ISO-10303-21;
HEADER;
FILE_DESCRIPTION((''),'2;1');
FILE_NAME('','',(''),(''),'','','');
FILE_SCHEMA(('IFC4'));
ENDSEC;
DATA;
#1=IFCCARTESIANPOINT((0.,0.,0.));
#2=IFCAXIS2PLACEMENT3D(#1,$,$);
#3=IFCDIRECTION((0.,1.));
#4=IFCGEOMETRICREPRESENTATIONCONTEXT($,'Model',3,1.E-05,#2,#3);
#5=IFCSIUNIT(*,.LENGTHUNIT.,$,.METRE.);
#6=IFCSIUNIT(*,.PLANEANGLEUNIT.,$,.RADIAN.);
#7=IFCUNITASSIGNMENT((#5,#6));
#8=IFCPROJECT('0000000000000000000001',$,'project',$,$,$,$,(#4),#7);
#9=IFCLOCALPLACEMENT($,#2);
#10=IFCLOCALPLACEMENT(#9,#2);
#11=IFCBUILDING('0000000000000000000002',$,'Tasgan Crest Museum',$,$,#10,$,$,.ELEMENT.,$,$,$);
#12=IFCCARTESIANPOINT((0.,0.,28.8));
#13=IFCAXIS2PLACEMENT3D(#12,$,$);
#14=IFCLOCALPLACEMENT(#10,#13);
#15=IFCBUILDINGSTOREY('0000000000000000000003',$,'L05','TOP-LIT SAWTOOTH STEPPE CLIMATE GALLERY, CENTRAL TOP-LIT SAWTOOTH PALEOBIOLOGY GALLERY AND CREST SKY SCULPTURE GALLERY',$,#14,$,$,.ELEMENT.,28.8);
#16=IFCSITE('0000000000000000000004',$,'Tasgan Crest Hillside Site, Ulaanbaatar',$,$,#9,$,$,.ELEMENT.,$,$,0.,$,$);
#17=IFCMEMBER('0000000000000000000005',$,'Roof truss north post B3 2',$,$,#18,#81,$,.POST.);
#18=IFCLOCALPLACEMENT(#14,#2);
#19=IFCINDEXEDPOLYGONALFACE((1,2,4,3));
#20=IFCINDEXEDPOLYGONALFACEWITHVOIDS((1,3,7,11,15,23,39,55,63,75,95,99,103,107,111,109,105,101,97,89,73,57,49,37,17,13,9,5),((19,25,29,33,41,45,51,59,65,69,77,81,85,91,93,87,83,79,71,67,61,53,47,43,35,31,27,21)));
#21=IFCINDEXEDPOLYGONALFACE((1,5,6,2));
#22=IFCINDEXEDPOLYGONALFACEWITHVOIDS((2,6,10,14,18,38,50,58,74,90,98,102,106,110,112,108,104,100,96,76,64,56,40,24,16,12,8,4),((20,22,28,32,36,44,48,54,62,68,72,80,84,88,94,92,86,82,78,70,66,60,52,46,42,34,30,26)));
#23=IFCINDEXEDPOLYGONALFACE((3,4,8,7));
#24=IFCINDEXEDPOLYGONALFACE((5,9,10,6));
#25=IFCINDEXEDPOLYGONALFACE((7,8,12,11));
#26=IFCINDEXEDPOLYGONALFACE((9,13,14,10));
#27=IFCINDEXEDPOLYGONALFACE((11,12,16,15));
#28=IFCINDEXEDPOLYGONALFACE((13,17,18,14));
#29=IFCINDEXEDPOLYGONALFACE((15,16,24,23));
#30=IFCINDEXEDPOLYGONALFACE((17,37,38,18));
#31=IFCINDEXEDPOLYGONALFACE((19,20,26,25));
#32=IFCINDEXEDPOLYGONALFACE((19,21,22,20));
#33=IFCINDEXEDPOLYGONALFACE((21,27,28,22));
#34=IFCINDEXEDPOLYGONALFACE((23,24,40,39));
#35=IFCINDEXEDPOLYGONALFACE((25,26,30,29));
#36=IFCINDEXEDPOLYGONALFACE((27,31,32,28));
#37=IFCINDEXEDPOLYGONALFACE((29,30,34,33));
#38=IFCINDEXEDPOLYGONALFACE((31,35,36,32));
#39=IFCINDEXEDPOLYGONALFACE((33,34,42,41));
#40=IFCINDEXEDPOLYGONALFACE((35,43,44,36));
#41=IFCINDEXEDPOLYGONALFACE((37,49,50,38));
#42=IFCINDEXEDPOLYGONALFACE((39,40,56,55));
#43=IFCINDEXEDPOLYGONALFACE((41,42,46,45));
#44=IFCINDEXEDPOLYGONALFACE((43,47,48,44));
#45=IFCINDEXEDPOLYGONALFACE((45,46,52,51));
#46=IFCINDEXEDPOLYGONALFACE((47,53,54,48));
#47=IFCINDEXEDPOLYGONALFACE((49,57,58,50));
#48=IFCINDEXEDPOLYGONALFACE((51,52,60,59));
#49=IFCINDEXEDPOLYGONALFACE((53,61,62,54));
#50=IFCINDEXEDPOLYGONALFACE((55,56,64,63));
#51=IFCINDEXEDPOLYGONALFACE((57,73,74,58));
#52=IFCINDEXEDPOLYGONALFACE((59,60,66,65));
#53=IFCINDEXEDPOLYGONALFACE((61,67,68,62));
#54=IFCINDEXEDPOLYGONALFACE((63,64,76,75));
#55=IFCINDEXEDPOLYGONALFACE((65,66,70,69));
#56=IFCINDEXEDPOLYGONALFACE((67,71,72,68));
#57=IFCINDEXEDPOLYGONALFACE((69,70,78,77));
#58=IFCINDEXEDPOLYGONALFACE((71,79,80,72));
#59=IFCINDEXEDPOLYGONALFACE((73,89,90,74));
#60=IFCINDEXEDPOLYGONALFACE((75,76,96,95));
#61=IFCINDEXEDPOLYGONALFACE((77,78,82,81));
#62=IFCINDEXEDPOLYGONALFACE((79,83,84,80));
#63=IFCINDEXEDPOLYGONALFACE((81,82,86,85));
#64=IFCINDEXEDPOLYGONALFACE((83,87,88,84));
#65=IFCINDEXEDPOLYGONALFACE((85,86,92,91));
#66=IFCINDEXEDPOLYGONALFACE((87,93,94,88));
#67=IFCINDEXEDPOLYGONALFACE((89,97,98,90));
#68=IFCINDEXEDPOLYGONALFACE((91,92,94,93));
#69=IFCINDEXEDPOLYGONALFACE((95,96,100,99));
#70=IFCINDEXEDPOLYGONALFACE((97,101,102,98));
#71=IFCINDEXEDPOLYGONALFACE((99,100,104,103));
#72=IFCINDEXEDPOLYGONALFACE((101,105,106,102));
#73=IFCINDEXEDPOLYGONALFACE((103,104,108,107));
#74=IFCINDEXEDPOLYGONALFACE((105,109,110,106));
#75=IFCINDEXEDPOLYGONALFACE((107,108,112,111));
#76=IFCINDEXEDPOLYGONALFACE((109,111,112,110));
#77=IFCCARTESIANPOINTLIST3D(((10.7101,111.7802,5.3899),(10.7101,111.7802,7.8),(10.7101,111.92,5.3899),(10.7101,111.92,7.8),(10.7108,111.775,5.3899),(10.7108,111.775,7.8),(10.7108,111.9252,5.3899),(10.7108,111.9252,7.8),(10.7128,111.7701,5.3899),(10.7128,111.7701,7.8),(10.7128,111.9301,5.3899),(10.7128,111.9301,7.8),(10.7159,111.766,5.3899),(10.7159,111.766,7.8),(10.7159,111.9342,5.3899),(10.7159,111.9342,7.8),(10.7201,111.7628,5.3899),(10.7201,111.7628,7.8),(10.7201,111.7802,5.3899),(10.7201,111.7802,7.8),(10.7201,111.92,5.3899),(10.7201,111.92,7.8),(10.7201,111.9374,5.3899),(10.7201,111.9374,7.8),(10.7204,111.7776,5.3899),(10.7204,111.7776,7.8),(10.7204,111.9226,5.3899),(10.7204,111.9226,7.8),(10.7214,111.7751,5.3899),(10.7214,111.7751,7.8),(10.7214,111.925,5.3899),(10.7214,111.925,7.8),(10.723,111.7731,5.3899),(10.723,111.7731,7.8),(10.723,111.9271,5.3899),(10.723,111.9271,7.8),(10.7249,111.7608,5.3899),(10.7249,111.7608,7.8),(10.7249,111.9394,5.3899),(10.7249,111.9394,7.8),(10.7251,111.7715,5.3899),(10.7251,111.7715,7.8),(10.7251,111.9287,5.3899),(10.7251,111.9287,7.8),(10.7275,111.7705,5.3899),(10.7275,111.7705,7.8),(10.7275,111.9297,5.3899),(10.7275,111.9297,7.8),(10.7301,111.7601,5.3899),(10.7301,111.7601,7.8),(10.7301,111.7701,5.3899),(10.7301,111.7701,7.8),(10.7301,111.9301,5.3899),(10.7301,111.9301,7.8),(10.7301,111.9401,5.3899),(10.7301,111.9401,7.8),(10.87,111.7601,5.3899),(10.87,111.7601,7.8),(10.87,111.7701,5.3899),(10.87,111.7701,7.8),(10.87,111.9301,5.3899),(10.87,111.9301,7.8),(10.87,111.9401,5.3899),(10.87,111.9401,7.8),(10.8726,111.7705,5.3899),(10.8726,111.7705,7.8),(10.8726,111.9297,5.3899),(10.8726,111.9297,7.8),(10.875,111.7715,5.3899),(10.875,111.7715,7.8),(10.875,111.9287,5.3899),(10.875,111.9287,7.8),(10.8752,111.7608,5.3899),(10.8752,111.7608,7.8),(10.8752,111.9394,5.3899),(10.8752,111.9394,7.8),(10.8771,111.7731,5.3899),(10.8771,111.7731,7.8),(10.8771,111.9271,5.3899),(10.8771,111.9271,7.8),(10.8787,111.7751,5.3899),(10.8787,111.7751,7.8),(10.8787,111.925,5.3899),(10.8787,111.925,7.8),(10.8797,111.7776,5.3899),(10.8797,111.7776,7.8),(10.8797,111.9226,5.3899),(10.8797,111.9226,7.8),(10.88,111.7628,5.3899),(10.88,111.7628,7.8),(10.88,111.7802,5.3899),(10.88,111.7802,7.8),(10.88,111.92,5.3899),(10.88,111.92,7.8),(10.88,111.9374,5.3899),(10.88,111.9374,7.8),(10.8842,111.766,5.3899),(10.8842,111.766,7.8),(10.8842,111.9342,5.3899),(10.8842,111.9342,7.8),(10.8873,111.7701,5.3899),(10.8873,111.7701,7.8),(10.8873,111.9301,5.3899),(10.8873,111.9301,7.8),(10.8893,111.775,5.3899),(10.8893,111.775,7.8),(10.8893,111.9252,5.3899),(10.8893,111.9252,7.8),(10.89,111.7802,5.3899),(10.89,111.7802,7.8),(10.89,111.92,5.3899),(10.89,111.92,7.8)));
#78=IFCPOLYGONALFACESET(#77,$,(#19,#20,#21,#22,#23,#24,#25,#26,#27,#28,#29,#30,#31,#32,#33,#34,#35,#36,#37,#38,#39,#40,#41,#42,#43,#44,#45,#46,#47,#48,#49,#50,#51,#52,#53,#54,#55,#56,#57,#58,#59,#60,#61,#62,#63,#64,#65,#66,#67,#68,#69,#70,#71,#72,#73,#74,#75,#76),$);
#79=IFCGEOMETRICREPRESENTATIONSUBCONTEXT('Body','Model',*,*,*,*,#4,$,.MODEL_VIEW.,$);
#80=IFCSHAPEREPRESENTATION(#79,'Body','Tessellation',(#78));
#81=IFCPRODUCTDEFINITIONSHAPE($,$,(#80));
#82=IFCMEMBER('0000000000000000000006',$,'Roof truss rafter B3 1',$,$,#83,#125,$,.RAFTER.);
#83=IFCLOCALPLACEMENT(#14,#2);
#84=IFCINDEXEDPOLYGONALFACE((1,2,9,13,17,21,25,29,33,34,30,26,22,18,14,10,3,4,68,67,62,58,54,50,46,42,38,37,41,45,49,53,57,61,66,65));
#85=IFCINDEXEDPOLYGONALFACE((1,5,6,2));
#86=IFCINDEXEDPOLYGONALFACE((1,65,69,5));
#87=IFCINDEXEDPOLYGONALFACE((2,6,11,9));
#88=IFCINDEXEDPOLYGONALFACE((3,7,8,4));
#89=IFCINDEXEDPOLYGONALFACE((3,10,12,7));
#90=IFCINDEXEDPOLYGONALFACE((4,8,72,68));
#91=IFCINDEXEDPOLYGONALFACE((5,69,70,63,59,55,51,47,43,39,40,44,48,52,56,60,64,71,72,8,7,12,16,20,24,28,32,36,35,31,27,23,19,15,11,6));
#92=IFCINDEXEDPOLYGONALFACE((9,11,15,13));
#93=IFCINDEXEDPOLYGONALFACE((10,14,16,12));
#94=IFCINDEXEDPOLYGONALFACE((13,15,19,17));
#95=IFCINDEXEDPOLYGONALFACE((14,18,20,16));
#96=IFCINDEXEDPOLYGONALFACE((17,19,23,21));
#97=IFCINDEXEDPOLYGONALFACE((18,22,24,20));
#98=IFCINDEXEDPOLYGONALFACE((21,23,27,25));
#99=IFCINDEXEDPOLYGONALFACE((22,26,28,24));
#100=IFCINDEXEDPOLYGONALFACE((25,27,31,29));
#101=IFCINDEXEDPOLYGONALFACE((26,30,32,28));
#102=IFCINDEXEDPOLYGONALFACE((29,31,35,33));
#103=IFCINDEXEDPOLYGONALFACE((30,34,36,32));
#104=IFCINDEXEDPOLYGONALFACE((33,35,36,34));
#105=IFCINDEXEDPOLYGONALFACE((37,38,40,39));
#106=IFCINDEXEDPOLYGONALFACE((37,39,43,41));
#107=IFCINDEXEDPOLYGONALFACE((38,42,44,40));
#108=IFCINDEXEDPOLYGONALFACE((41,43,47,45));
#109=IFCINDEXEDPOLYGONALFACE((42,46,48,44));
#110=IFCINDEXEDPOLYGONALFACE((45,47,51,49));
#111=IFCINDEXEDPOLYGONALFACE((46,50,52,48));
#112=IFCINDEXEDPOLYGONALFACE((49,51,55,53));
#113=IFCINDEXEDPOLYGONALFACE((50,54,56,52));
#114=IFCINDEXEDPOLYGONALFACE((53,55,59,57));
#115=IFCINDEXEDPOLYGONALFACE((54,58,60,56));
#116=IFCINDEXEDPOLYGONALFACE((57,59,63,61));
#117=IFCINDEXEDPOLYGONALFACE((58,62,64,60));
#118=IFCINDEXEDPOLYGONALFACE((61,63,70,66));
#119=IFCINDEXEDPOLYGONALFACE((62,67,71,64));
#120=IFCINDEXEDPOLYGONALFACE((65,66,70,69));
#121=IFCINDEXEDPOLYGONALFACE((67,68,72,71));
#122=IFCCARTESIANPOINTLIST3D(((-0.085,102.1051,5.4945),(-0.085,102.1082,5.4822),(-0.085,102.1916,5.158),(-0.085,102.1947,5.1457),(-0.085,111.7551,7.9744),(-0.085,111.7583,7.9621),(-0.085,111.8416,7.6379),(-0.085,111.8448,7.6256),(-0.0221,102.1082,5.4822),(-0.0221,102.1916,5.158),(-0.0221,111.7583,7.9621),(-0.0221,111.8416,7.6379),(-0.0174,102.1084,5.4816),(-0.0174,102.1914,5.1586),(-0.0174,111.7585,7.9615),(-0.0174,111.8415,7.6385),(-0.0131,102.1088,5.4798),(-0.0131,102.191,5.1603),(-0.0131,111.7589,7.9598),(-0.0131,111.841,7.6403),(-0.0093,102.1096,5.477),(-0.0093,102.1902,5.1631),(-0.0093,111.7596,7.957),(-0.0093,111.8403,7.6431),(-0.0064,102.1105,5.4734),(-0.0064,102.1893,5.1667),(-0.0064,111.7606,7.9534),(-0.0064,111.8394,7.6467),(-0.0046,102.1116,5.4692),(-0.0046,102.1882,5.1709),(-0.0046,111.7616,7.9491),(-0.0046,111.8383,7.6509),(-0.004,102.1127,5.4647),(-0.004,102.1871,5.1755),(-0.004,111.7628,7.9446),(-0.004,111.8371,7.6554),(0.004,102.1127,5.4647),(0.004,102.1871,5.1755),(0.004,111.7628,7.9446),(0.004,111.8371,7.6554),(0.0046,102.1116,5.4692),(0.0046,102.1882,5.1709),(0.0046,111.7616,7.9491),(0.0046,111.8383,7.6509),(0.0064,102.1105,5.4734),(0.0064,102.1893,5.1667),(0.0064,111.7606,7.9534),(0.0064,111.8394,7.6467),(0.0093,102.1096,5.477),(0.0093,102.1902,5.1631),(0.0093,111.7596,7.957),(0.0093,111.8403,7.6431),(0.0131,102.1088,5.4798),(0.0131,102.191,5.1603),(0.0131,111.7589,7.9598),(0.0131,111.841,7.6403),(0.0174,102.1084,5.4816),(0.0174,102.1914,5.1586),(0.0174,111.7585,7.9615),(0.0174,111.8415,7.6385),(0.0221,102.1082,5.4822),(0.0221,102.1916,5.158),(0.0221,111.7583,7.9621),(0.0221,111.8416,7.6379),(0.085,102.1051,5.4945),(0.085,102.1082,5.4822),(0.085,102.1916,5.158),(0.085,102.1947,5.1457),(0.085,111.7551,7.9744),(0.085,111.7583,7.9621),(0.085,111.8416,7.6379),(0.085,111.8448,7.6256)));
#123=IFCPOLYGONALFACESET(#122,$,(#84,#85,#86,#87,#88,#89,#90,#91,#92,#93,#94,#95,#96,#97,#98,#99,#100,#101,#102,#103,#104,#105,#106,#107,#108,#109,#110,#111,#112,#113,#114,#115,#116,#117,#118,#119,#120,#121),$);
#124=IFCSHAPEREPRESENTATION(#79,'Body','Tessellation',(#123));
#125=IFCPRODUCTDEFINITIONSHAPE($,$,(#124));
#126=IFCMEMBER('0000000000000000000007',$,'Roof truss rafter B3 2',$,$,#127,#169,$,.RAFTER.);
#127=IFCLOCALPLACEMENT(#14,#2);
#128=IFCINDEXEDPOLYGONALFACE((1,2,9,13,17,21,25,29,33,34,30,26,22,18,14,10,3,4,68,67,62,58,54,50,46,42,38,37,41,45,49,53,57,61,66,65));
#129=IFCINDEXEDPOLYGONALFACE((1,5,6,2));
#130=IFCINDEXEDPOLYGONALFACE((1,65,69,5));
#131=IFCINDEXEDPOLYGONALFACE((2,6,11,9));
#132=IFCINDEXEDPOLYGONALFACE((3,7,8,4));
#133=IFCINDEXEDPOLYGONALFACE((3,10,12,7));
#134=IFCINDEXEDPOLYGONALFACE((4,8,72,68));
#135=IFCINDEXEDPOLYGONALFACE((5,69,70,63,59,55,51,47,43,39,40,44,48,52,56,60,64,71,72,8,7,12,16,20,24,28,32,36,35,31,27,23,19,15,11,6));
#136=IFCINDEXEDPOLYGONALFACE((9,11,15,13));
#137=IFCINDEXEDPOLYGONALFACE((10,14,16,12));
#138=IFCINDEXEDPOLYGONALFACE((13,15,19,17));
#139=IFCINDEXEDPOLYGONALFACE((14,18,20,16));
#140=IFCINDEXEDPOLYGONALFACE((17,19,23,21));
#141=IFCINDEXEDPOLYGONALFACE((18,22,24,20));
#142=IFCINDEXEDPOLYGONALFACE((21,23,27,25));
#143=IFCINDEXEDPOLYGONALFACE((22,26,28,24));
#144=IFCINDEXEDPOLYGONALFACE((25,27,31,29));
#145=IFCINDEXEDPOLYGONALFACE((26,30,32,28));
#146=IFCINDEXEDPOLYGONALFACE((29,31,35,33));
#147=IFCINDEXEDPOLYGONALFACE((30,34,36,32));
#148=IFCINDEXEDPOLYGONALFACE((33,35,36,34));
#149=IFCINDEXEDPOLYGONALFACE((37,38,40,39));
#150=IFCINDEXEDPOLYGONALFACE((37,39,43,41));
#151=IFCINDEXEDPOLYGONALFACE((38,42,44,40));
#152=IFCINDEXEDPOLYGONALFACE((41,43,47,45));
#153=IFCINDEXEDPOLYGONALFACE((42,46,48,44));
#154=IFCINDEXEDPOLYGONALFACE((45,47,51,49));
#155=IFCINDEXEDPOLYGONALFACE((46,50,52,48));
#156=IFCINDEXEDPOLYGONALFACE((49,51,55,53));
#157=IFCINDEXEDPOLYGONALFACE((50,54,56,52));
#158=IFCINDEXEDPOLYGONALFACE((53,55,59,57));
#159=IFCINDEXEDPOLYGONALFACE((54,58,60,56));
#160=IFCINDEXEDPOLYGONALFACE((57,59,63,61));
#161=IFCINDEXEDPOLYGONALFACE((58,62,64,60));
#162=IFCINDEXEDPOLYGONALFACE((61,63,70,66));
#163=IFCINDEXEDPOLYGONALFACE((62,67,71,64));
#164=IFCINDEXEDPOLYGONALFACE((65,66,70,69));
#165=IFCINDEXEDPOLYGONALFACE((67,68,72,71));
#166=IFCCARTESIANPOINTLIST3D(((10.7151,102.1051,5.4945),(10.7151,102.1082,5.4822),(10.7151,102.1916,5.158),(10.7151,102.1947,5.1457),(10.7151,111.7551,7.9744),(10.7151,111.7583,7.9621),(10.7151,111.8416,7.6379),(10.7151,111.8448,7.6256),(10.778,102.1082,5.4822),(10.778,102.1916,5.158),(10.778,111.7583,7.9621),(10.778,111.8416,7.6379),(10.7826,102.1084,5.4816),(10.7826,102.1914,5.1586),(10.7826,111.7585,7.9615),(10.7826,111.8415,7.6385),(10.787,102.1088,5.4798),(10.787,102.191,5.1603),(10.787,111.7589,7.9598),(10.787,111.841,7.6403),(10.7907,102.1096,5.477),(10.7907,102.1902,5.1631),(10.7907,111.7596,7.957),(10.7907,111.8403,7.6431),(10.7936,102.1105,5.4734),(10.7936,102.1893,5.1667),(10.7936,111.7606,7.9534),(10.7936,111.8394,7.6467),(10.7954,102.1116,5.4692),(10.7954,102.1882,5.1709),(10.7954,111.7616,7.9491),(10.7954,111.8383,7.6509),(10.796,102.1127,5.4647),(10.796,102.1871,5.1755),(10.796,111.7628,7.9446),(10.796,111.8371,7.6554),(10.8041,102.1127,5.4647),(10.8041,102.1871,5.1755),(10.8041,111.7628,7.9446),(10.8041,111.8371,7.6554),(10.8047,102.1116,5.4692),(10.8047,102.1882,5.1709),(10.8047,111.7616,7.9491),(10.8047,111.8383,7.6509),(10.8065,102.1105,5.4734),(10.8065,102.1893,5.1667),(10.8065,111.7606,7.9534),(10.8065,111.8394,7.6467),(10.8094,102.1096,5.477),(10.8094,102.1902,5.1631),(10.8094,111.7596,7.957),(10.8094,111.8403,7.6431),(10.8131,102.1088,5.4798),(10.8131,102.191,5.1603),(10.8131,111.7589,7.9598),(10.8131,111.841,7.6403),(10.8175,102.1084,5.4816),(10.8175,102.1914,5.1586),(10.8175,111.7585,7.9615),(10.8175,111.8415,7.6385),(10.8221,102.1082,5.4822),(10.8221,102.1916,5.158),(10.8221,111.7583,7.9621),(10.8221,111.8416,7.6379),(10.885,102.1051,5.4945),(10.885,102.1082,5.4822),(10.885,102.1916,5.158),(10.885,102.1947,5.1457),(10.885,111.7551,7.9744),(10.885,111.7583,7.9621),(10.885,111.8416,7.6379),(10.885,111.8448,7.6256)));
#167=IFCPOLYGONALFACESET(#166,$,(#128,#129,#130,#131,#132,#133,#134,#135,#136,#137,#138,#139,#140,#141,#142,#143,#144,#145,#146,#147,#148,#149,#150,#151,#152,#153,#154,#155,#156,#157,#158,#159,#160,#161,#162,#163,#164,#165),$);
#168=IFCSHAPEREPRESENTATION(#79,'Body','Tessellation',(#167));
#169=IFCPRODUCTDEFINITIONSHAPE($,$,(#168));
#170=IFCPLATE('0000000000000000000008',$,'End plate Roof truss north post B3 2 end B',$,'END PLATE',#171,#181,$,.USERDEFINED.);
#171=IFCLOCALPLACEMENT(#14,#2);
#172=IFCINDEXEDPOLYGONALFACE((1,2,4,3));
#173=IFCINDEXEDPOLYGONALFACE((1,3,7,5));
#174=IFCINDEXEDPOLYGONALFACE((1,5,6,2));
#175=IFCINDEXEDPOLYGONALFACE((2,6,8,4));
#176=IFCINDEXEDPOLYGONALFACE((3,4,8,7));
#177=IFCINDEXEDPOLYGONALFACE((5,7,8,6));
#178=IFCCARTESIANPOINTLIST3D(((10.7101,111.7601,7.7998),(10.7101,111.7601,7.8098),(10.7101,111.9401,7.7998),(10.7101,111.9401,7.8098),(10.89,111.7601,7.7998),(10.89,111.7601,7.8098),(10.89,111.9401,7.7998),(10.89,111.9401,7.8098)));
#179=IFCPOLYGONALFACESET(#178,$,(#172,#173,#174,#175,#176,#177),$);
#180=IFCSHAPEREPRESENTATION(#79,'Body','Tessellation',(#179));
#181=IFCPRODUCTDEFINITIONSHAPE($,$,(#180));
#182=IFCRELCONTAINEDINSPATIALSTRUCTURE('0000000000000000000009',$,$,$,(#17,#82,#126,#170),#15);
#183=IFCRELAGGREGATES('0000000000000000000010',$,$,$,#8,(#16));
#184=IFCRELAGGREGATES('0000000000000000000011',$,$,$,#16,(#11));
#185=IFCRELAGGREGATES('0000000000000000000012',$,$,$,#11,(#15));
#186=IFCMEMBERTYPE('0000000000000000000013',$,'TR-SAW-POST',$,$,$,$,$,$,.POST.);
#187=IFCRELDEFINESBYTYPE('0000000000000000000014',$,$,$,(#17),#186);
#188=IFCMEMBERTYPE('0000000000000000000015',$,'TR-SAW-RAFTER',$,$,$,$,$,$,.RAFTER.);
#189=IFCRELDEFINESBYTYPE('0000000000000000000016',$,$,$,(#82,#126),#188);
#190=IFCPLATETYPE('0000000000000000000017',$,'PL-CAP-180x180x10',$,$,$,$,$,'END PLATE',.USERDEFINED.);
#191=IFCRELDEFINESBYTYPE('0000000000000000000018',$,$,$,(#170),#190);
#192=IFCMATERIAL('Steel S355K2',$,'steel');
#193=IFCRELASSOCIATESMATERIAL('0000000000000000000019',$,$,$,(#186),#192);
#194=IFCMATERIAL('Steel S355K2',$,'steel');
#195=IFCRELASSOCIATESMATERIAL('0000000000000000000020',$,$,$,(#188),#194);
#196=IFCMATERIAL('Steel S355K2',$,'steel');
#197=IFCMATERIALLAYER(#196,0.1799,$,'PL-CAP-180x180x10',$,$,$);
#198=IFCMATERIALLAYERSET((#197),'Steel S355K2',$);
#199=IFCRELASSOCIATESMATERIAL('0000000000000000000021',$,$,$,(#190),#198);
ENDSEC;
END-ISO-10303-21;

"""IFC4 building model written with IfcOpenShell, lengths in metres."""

from ifc_helpers import new_model, si_unit, direction, frame, origin, origin_2d, place, context, subcontext, project, spatial, rectangle, hollow_rectangle, i_section, extrude, material, layer, layer_set, material_profile, profile_set, type_object, element, save


model = new_model("IFC4")

# Units and contexts
model_context = context("Model", 3, precision=1e-05, world=origin(), true_north=direction((0.0, 1.0)))
body_context = subcontext(model_context, "Body", "Model", "MODEL_VIEW")
ifc_project = project(units=[si_unit("LENGTHUNIT", "METRE"), si_unit("PLANEANGLEUNIT", "RADIAN")], contexts=[model_context])

# Site, building, storey
site_placement = place(None, origin())
site = spatial("IfcSite", under=ifc_project, at=site_placement, Name="Tasgan Crest Hillside Site, Ulaanbaatar", CompositionType="ELEMENT", RefElevation=0.0)
building_placement = place(site_placement, origin())
building = spatial("IfcBuilding", under=site, at=building_placement, Name="Tasgan Crest Museum", CompositionType="ELEMENT")
storey_placement = place(building_placement, frame((0.0, 0.0, 28.8)))
storey = spatial("IfcBuildingStorey", under=building, at=storey_placement, Name="L05", Description="TOP-LIT SAWTOOTH STEPPE CLIMATE GALLERY, CENTRAL TOP-LIT SAWTOOTH PALEOBIOLOGY GALLERY AND CREST SKY SCULPTURE GALLERY", CompositionType="ELEMENT", Elevation=28.8)

# Members
ifc_material_1 = material(Name="Steel S355K2", Category="steel")
ifc_material_profile_1 = material_profile(ifc_material_1, hollow_rectangle(XDim=0.1799, YDim=0.1799, WallThickness=0.01, InnerFilletRadius=0.01, OuterFilletRadius=0.02, at=origin_2d()), Name="SHS 180x180x10")
ifc_profile_set_1 = profile_set([ifc_material_profile_1], Name="Steel S355K2")
member_type_1 = type_object("IfcMemberType", Name="TR-SAW-POST", PredefinedType="POST", material=ifc_profile_set_1)
for number, where, z_axis, x_axis, name in (
    (1, (10.8, 111.8501, 5.3899), (0.0, 0.0, 1.0), (1.0, 0.0, 0.0), "Roof truss north post B3 2"),
):
    element("IfcMember", number, at=place(storey_placement, frame(where, z_axis=z_axis, x_axis=x_axis)), inside=storey, type_object=member_type_1, Name=name, PredefinedType="POST", context=body_context, shape_type="SweptSolid", body=[
        extrude(hollow_rectangle(XDim=0.1799, YDim=0.1799, WallThickness=0.01, InnerFilletRadius=0.01, OuterFilletRadius=0.02, at=origin_2d()), origin(), (0.0, 0.0, 1.0), 2.4102),
    ])
ifc_material_2 = material(Name="Steel S355K2", Category="steel")
ifc_material_profile_2 = material_profile(ifc_material_2, i_section(OverallWidth=0.1699, OverallDepth=0.3601, WebThickness=0.0081, FlangeThickness=0.0127, FilletRadius=0.0181, at=origin_2d()), Name="IPE 360")
ifc_profile_set_2 = profile_set([ifc_material_profile_2], Name="Steel S355K2")
member_type_2 = type_object("IfcMemberType", Name="TR-SAW-RAFTER", PredefinedType="RAFTER", material=ifc_profile_set_2)
for number, where, z_axis, x_axis, name in (
    (2, (0.0, 102.1499, 5.3201), (0.0, 0.968529, 0.248901), (-1.0, 0.0, 0.0), "Roof truss rafter B3 1"),
    (3, (10.8, 102.1499, 5.3201), (0.0, 0.968529, 0.248901), (-1.0, 0.0, 0.0), "Roof truss rafter B3 2"),
):
    element("IfcMember", number, at=place(storey_placement, frame(where, z_axis=z_axis, x_axis=x_axis)), inside=storey, type_object=member_type_2, Name=name, PredefinedType="RAFTER", context=body_context, shape_type="SweptSolid", body=[
        extrude(i_section(OverallWidth=0.1699, OverallDepth=0.3601, WebThickness=0.0081, FlangeThickness=0.0127, FilletRadius=0.0181, at=origin_2d()), origin(), (0.0, 0.0, 1.0), 9.9636),
    ])

# Plate
ifc_material_3 = material(Name="Steel S355K2", Category="steel")
ifc_layer_1 = layer(ifc_material_3, 0.1799, Name="PL-CAP-180x180x10")
ifc_layer_set_1 = layer_set([ifc_layer_1], Name="Steel S355K2")
plate_type = type_object("IfcPlateType", Name="PL-CAP-180x180x10", ElementType="END PLATE", PredefinedType="USERDEFINED", material=ifc_layer_set_1)
plate_placement = place(storey_placement, frame((10.8, 111.8501, 7.7998), z_axis=(0.0, 0.0, 1.0), x_axis=(1.0, 0.0, 0.0)))
element("IfcPlate", 4, at=plate_placement, inside=storey, type_object=plate_type, Name="End plate Roof truss north post B3 2 end B", ObjectType="END PLATE", PredefinedType="USERDEFINED", context=body_context, shape_type="SweptSolid", body=[
    extrude(rectangle(XDim=0.1799, YDim=0.1799, at=origin_2d()), origin(), (0.0, 0.0, 1.0), 0.01),
])

save(model, "model.ifc")
